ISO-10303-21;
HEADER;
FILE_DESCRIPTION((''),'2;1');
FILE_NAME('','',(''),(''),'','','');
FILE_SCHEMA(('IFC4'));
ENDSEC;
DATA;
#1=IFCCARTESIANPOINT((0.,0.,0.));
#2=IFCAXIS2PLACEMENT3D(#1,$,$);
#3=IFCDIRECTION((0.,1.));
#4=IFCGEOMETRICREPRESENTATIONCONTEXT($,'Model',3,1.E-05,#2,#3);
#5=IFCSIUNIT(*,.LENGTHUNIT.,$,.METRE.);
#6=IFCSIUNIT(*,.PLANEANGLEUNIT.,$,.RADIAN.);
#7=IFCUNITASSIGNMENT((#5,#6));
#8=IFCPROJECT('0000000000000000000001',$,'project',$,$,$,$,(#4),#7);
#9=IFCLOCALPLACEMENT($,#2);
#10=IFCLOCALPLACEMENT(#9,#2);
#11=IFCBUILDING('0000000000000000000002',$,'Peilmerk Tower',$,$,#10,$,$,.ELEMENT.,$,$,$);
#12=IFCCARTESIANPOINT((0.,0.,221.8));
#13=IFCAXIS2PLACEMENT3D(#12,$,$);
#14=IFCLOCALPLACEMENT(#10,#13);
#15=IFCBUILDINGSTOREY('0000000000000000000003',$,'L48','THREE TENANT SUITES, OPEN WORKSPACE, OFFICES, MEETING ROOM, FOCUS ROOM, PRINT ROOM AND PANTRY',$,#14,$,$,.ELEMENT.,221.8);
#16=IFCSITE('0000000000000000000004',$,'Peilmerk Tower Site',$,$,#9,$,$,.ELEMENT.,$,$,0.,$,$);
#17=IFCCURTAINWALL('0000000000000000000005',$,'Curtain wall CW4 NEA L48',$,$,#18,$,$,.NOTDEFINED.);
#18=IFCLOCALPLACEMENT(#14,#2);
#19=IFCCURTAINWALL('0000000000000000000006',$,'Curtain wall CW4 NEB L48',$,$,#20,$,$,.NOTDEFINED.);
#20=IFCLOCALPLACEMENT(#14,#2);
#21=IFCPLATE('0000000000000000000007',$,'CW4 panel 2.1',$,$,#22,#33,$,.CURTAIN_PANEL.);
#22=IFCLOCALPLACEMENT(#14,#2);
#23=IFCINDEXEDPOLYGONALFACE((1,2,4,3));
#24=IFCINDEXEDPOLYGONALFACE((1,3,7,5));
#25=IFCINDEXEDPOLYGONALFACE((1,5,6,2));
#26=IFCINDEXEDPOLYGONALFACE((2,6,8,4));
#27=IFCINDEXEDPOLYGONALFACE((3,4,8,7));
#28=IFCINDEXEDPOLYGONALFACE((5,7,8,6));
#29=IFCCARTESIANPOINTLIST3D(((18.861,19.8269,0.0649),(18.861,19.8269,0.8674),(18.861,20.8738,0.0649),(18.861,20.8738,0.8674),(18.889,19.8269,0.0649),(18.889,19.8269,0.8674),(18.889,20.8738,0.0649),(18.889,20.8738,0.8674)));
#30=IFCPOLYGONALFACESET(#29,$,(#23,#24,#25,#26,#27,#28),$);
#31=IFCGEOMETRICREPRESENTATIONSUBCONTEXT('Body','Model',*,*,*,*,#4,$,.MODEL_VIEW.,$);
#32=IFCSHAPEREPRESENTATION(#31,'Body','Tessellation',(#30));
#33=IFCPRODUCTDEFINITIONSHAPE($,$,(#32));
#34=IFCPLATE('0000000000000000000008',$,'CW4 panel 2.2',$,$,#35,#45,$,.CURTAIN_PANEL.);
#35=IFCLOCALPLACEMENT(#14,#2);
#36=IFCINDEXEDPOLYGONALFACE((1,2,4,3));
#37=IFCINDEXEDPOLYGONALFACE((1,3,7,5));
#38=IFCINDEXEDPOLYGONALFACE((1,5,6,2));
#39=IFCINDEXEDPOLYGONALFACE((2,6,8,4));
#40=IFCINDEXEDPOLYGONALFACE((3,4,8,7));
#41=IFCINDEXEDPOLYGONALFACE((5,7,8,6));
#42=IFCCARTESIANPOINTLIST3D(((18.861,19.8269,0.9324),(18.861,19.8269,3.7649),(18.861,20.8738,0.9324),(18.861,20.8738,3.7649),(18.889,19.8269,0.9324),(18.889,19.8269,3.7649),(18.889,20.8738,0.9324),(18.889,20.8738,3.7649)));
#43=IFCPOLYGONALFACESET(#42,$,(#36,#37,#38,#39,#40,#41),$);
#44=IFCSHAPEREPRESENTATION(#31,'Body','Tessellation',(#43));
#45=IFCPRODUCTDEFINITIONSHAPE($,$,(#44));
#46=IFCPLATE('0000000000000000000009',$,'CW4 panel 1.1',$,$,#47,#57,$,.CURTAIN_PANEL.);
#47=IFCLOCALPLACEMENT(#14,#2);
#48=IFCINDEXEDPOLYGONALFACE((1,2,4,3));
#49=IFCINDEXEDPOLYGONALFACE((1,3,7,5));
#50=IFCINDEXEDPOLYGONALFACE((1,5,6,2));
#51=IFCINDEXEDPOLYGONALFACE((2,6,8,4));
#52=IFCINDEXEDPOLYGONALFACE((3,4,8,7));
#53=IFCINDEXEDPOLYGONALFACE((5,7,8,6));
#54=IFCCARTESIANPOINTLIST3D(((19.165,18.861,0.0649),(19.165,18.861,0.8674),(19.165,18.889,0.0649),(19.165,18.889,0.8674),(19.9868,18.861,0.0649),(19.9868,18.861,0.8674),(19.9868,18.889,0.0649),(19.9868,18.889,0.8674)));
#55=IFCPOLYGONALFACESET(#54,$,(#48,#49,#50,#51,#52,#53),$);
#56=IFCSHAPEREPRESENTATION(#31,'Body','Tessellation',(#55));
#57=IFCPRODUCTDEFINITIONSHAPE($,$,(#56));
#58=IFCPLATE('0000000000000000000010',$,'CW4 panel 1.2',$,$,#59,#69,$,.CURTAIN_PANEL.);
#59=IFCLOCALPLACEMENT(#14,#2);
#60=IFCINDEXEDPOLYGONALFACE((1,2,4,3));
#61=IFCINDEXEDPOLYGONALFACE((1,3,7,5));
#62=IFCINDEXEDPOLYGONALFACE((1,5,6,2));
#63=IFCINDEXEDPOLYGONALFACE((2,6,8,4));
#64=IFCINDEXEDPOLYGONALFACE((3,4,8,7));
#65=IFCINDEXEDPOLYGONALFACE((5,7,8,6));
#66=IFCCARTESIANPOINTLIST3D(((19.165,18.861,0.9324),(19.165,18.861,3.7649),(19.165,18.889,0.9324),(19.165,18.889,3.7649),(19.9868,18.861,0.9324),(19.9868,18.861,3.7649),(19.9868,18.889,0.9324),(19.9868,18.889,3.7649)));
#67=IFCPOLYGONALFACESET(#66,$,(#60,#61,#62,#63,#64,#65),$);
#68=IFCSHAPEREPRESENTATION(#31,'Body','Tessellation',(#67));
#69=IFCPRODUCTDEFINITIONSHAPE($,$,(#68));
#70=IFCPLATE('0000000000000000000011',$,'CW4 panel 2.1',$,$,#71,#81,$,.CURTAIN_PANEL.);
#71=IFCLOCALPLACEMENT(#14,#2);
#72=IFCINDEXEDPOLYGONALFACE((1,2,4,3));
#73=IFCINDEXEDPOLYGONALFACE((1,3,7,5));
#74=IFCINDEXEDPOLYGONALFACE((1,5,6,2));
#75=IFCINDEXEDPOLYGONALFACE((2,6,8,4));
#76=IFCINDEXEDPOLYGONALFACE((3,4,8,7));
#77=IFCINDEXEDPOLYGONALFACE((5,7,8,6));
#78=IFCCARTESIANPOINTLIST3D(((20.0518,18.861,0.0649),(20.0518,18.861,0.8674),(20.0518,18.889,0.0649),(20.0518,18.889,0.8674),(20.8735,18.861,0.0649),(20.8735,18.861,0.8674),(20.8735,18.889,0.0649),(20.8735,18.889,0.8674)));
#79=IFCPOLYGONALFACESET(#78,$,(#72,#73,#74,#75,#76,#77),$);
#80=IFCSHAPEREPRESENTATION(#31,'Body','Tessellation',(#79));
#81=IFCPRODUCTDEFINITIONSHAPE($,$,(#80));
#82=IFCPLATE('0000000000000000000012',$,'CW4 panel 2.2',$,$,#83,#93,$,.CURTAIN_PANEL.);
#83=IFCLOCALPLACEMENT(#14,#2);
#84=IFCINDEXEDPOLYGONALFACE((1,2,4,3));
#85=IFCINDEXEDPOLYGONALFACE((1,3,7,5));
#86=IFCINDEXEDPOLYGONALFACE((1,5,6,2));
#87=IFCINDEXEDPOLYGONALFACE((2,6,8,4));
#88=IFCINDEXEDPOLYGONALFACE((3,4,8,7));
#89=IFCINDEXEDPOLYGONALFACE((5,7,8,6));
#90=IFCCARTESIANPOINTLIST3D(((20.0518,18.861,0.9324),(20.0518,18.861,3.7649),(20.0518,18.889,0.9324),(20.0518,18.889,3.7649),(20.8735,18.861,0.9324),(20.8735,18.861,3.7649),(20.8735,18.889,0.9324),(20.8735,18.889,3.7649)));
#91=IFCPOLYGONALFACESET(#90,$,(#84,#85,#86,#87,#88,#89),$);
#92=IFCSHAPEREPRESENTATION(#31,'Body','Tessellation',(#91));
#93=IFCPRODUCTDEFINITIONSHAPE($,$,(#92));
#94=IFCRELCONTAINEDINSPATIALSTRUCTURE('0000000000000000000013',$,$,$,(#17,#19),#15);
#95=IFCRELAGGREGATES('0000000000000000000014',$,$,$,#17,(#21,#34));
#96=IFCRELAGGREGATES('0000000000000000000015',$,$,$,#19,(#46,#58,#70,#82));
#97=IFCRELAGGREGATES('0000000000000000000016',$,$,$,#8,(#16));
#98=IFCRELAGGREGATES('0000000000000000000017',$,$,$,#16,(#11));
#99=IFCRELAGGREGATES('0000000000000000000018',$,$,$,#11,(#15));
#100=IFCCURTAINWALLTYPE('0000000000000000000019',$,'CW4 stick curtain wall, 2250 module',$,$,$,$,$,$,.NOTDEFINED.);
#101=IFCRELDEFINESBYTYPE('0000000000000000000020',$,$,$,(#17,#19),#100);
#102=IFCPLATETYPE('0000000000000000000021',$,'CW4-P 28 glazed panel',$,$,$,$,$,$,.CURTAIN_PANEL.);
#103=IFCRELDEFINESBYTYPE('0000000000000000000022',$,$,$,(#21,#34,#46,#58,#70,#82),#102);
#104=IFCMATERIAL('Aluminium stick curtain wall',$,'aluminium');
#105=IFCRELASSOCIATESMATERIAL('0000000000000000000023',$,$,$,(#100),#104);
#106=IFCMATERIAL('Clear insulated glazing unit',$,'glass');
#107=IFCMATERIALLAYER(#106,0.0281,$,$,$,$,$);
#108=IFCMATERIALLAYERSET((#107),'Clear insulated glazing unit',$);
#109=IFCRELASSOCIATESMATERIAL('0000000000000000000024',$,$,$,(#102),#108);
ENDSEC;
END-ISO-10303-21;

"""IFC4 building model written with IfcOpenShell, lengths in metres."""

from ifc_helpers import new_model, si_unit, direction, frame, origin, origin_2d, place, context, subcontext, project, spatial, rectangle, extrude, material, layer, layer_set, type_object, element, aggregate, save


model = new_model("IFC4")

# Units and contexts
model_context = context("Model", 3, precision=1e-05, world=origin(), true_north=direction((0.0, 1.0)))
body_context = subcontext(model_context, "Body", "Model", "MODEL_VIEW")
ifc_project = project(units=[si_unit("LENGTHUNIT", "METRE"), si_unit("PLANEANGLEUNIT", "RADIAN")], contexts=[model_context])

# Site, building, storey
site_placement = place(None, origin())
site = spatial("IfcSite", under=ifc_project, at=site_placement, Name="Peilmerk Tower Site", CompositionType="ELEMENT", RefElevation=0.0)
building_placement = place(site_placement, origin())
building = spatial("IfcBuilding", under=site, at=building_placement, Name="Peilmerk Tower", CompositionType="ELEMENT")
storey_placement = place(building_placement, frame((0.0, 0.0, 221.8)))
storey = spatial("IfcBuildingStorey", under=building, at=storey_placement, Name="L48", Description="THREE TENANT SUITES, OPEN WORKSPACE, OFFICES, MEETING ROOM, FOCUS ROOM, PRINT ROOM AND PANTRY", CompositionType="ELEMENT", Elevation=221.8)

# Curtain wall
ifc_material_1 = material(Name="Aluminium stick curtain wall", Category="aluminium")
curtain_wall_type = type_object("IfcCurtainWallType", Name="CW4 stick curtain wall, 2250 module", PredefinedType="NOTDEFINED", material=ifc_material_1)
curtain_wall_1_placement = place(storey_placement, origin())
curtain_wall_1 = element("IfcCurtainWall", 1, at=curtain_wall_1_placement, inside=storey, type_object=curtain_wall_type, Name="Curtain wall CW4 NEA L48", PredefinedType="NOTDEFINED")

# Curtain wall
curtain_wall_2_placement = place(storey_placement, origin())
curtain_wall_2 = element("IfcCurtainWall", 2, at=curtain_wall_2_placement, inside=storey, type_object=curtain_wall_type, Name="Curtain wall CW4 NEB L48", PredefinedType="NOTDEFINED")

# Plates
ifc_material_2 = material(Name="Clear insulated glazing unit", Category="glass")
ifc_layer_1 = layer(ifc_material_2, 0.0281)
ifc_layer_set_1 = layer_set([ifc_layer_1], Name="Clear insulated glazing unit")
plate_type = type_object("IfcPlateType", Name="CW4-P 28 glazed panel", PredefinedType="CURTAIN_PANEL", material=ifc_layer_set_1)
plate_1_placement = place(storey_placement, frame((18.875, 20.3503, 0.0649), z_axis=(0.0, 0.0, 1.0), x_axis=(0.0, 1.0, 0.0)))
plate_1 = element("IfcPlate", 3, at=plate_1_placement, type_object=plate_type, Name="CW4 panel 2.1", PredefinedType="CURTAIN_PANEL", context=body_context, shape_type="SweptSolid", body=[
    extrude(rectangle(XDim=1.0469, YDim=0.0281, at=origin_2d()), origin(), (0.0, 0.0, 1.0), 0.8025),
])
plate_2_placement = place(storey_placement, frame((18.875, 20.3503, 0.9324), z_axis=(0.0, 0.0, 1.0), x_axis=(0.0, 1.0, 0.0)))
plate_2 = element("IfcPlate", 4, at=plate_2_placement, type_object=plate_type, Name="CW4 panel 2.2", PredefinedType="CURTAIN_PANEL", context=body_context, shape_type="SweptSolid", body=[
    extrude(rectangle(XDim=1.0469, YDim=0.0281, at=origin_2d()), origin(), (0.0, 0.0, 1.0), 2.8325),
])
aggregate(curtain_wall_1, [plate_1, plate_2])
plate_3_placement = place(storey_placement, frame((19.5759, 18.875, 0.0649), z_axis=(0.0, 0.0, 1.0), x_axis=(1.0, 0.0, 0.0)))
plate_3 = element("IfcPlate", 5, at=plate_3_placement, type_object=plate_type, Name="CW4 panel 1.1", PredefinedType="CURTAIN_PANEL", context=body_context, shape_type="SweptSolid", body=[
    extrude(rectangle(XDim=0.8218, YDim=0.0281, at=origin_2d()), origin(), (0.0, 0.0, 1.0), 0.8025),
])
plate_4_placement = place(storey_placement, frame((19.5759, 18.875, 0.9324), z_axis=(0.0, 0.0, 1.0), x_axis=(1.0, 0.0, 0.0)))
plate_4 = element("IfcPlate", 6, at=plate_4_placement, type_object=plate_type, Name="CW4 panel 1.2", PredefinedType="CURTAIN_PANEL", context=body_context, shape_type="SweptSolid", body=[
    extrude(rectangle(XDim=0.8218, YDim=0.0281, at=origin_2d()), origin(), (0.0, 0.0, 1.0), 2.8325),
])
plate_5_placement = place(storey_placement, frame((20.4626, 18.875, 0.0649), z_axis=(0.0, 0.0, 1.0), x_axis=(1.0, 0.0, 0.0)))
plate_5 = element("IfcPlate", 7, at=plate_5_placement, type_object=plate_type, Name="CW4 panel 2.1", PredefinedType="CURTAIN_PANEL", context=body_context, shape_type="SweptSolid", body=[
    extrude(rectangle(XDim=0.8218, YDim=0.0281, at=origin_2d()), origin(), (0.0, 0.0, 1.0), 0.8025),
])
plate_6_placement = place(storey_placement, frame((20.4626, 18.875, 0.9324), z_axis=(0.0, 0.0, 1.0), x_axis=(1.0, 0.0, 0.0)))
plate_6 = element("IfcPlate", 8, at=plate_6_placement, type_object=plate_type, Name="CW4 panel 2.2", PredefinedType="CURTAIN_PANEL", context=body_context, shape_type="SweptSolid", body=[
    extrude(rectangle(XDim=0.8218, YDim=0.0281, at=origin_2d()), origin(), (0.0, 0.0, 1.0), 2.8325),
])
aggregate(curtain_wall_2, [plate_3, plate_4, plate_5, plate_6])

save(model, "model.ifc")
